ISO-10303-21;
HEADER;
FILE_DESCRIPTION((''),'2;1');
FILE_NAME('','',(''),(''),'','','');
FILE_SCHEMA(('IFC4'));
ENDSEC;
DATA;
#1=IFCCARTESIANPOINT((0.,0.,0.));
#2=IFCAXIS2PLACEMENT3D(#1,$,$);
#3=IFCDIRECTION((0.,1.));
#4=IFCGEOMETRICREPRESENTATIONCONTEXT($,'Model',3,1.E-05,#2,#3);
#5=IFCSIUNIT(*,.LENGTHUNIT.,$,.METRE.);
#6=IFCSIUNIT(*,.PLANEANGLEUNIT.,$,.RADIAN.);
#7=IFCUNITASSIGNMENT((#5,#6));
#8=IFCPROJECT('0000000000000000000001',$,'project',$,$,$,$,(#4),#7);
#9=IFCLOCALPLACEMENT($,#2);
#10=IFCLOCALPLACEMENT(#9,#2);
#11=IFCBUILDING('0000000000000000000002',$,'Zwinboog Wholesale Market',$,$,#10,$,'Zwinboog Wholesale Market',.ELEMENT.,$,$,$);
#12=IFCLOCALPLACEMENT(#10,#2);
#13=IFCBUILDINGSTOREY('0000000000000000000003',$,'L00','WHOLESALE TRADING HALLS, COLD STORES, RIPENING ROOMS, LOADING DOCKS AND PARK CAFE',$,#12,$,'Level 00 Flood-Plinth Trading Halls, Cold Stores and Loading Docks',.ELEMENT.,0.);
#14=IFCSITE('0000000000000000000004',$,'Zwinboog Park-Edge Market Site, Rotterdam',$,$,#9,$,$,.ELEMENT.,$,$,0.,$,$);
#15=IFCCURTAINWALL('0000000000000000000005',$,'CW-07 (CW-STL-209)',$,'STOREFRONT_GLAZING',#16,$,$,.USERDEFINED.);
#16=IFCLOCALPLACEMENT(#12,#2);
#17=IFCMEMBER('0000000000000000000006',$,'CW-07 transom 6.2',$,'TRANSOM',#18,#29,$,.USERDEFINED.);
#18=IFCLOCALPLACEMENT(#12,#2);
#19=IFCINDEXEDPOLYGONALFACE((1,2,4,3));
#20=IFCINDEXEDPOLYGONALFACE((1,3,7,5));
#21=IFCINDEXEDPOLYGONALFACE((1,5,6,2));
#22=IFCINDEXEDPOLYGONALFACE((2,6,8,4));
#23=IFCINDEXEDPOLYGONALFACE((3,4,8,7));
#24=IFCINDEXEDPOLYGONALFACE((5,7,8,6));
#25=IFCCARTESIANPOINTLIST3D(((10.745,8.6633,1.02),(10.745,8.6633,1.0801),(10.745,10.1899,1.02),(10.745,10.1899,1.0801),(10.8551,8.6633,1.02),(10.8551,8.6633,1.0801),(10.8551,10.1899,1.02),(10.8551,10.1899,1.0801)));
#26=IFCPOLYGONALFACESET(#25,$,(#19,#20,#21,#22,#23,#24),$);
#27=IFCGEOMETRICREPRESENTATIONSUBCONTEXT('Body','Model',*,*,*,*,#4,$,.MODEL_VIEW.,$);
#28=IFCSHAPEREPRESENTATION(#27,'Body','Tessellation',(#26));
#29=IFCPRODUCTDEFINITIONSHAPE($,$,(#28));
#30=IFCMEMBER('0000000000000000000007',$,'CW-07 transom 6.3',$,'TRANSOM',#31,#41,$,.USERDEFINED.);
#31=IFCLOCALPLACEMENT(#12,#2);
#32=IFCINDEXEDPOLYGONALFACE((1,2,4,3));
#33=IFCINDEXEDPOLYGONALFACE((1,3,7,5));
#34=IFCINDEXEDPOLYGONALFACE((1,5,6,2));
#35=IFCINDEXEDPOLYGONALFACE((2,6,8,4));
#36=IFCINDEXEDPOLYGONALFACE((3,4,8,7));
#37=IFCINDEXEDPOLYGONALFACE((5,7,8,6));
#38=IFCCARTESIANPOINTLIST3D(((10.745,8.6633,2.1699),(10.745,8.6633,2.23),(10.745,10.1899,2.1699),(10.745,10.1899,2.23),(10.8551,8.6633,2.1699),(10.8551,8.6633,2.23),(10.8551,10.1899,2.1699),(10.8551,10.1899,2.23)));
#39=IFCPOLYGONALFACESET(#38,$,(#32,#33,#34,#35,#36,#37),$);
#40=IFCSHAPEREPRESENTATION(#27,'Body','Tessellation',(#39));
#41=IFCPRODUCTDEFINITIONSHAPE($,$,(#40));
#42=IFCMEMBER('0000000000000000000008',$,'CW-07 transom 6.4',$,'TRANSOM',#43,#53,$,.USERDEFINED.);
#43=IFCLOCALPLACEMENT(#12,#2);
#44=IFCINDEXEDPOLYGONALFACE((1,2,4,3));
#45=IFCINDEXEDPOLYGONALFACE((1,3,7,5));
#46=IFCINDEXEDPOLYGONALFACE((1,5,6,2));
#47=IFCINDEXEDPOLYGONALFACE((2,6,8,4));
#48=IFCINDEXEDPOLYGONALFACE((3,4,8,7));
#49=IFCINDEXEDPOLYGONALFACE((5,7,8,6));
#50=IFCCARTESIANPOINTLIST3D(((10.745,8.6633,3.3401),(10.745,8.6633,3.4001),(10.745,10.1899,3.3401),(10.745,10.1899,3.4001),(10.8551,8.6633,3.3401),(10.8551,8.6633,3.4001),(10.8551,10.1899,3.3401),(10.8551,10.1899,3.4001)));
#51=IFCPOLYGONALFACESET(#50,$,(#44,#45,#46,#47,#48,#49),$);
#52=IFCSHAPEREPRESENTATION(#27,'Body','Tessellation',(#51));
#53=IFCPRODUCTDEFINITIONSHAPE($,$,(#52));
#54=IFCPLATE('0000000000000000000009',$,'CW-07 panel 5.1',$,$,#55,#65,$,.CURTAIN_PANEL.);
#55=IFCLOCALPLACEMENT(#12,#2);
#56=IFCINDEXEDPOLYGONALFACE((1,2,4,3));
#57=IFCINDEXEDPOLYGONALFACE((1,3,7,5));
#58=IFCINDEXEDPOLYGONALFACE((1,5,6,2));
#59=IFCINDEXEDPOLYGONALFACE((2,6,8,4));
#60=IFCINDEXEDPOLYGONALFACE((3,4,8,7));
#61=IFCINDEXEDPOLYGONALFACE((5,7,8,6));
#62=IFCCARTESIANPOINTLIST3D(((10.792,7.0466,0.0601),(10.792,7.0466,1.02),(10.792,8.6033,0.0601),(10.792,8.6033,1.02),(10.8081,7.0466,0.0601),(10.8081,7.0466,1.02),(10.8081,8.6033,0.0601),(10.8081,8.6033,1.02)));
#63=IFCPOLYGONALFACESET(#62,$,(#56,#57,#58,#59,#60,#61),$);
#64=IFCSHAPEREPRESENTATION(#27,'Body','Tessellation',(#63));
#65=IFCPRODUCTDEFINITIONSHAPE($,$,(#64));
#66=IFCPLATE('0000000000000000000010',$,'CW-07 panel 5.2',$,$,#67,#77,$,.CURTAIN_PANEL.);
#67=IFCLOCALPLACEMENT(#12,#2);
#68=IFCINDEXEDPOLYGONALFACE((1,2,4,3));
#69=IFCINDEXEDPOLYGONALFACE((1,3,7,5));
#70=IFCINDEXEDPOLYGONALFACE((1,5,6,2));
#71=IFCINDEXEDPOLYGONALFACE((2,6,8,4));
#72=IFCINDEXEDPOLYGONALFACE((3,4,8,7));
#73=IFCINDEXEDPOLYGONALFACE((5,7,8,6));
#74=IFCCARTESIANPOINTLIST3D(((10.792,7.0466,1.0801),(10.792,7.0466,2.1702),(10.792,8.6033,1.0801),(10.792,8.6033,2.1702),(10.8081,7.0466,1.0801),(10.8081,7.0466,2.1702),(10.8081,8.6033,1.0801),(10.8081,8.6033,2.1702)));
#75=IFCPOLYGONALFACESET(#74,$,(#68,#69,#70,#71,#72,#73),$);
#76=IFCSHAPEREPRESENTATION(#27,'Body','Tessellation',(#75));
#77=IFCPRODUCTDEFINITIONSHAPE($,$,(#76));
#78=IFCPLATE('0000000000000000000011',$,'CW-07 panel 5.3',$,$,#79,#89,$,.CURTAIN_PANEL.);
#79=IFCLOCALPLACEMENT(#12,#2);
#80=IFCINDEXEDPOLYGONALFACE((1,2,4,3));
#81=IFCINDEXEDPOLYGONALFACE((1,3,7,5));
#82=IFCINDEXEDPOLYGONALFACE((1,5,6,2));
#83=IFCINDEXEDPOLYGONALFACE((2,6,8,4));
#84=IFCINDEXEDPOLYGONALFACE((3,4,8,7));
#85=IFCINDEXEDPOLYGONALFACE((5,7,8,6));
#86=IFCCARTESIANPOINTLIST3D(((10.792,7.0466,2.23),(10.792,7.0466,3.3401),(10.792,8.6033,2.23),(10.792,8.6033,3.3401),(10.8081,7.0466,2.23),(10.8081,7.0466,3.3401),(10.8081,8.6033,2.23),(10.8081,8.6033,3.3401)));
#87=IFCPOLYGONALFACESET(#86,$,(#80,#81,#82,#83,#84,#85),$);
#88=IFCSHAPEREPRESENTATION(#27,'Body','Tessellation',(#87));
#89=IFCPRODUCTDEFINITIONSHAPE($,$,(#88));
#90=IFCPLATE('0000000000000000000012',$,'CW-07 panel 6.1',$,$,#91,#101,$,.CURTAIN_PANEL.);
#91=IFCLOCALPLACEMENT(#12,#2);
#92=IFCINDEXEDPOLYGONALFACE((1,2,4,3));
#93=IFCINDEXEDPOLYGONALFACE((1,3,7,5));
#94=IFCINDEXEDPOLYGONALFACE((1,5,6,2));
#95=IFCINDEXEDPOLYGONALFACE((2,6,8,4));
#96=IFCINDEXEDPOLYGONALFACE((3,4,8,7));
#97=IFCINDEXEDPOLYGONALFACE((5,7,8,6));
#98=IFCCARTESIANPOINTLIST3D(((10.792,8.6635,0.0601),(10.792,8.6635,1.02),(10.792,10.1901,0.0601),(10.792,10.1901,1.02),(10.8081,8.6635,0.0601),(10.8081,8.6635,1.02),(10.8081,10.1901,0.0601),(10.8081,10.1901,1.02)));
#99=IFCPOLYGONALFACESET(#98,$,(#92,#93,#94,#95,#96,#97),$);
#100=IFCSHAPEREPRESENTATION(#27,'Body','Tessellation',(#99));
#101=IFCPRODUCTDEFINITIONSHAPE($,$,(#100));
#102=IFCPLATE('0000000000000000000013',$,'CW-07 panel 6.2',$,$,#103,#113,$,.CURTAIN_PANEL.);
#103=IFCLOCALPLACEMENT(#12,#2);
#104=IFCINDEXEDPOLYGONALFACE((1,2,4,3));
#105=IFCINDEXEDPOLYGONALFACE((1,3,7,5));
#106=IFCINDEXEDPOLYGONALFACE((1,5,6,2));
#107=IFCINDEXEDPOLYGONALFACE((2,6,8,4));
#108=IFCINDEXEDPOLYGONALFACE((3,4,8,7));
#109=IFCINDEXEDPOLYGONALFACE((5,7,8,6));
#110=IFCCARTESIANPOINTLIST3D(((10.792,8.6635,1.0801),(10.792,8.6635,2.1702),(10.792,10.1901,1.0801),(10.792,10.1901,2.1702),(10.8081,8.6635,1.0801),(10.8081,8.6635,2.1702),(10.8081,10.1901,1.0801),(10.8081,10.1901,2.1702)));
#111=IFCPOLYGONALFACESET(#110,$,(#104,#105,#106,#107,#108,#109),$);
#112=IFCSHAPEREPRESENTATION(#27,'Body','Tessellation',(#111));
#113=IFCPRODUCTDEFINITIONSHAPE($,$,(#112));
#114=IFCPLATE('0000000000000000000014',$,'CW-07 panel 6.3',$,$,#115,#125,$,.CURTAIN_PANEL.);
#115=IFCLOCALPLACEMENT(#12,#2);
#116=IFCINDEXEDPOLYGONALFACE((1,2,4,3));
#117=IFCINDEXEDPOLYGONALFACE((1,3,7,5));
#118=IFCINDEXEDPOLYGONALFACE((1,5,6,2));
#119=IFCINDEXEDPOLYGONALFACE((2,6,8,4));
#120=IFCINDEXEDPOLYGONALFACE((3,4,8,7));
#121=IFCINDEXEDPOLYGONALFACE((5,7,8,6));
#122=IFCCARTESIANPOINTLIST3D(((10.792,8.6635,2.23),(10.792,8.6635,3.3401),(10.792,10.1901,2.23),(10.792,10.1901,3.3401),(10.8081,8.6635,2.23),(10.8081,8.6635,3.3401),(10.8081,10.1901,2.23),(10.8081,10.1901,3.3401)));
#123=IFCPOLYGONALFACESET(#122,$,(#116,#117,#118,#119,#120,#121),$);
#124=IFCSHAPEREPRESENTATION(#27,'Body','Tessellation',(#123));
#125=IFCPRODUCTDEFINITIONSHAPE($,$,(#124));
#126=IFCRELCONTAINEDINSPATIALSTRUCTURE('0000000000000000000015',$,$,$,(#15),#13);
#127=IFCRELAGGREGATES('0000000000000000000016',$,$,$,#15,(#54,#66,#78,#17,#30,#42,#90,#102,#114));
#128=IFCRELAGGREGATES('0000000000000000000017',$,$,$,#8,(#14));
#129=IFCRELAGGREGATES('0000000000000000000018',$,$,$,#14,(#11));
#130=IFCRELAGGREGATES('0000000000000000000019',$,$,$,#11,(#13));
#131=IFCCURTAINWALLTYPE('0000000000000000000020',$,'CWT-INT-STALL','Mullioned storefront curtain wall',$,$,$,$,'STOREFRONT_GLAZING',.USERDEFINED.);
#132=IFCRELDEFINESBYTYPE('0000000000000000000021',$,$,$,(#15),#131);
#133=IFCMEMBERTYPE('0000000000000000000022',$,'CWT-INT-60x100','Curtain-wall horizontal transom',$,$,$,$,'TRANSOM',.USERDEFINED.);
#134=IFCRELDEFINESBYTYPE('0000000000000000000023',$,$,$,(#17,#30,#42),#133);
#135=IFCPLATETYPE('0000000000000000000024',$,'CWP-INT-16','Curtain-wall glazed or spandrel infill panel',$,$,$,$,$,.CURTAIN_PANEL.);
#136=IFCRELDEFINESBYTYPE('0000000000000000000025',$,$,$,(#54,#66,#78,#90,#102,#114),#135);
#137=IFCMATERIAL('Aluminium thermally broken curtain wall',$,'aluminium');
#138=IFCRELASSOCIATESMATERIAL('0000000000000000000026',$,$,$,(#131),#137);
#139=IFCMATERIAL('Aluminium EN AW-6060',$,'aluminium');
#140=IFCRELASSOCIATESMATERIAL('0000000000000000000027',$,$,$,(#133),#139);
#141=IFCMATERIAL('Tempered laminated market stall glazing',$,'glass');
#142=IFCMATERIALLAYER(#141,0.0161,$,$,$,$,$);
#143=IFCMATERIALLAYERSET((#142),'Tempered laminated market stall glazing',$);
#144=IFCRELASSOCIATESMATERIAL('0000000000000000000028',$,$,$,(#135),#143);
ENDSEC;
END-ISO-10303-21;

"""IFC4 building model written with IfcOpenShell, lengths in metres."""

from ifc_helpers import new_model, si_unit, direction, frame, origin, origin_2d, place, context, subcontext, project, spatial, rectangle, extrude, material, layer, layer_set, material_profile, profile_set, type_object, element, aggregate, save


model = new_model("IFC4")

# Units and contexts
model_context = context("Model", 3, precision=1e-05, world=origin(), true_north=direction((0.0, 1.0)))
body_context = subcontext(model_context, "Body", "Model", "MODEL_VIEW")
ifc_project = project(units=[si_unit("LENGTHUNIT", "METRE"), si_unit("PLANEANGLEUNIT", "RADIAN")], contexts=[model_context])

# Site, building, storey
site_placement = place(None, origin())
site = spatial("IfcSite", under=ifc_project, at=site_placement, Name="Zwinboog Park-Edge Market Site, Rotterdam", CompositionType="ELEMENT", RefElevation=0.0)
building_placement = place(site_placement, origin())
building = spatial("IfcBuilding", under=site, at=building_placement, Name="Zwinboog Wholesale Market", LongName="Zwinboog Wholesale Market", CompositionType="ELEMENT")
storey_placement = place(building_placement, origin())
storey = spatial("IfcBuildingStorey", under=building, at=storey_placement, Name="L00", Description="WHOLESALE TRADING HALLS, COLD STORES, RIPENING ROOMS, LOADING DOCKS AND PARK CAFE", LongName="Level 00 Flood-Plinth Trading Halls, Cold Stores and Loading Docks", CompositionType="ELEMENT", Elevation=0.0)

# Curtain wall, members, plates
ifc_material_1 = material(Name="Aluminium thermally broken curtain wall", Category="aluminium")
curtain_wall_type = type_object("IfcCurtainWallType", Name="CWT-INT-STALL", Description="Mullioned storefront curtain wall", ElementType="STOREFRONT_GLAZING", PredefinedType="USERDEFINED", material=ifc_material_1)
curtain_wall_placement = place(storey_placement, origin())
curtain_wall = element("IfcCurtainWall", 1, at=curtain_wall_placement, inside=storey, type_object=curtain_wall_type, Name="CW-07 (CW-STL-209)", ObjectType="STOREFRONT_GLAZING", PredefinedType="USERDEFINED")
ifc_material_2 = material(Name="Aluminium EN AW-6060", Category="aluminium")
ifc_material_profile_1 = material_profile(ifc_material_2, rectangle(XDim=0.1101, YDim=0.0601, at=origin_2d()), Name="AL 60x110")
ifc_profile_set_1 = profile_set([ifc_material_profile_1], Name="Aluminium EN AW-6060")
member_type_1 = type_object("IfcMemberType", Name="CWT-INT-60x100", Description="Curtain-wall horizontal transom", ElementType="TRANSOM", PredefinedType="USERDEFINED", material=ifc_profile_set_1)
member_1_placement = place(storey_placement, frame((10.8, 8.6633, 1.05), z_axis=(0.0, 1.0, 0.0), x_axis=(-1.0, 0.0, 0.0)))
member_1 = element("IfcMember", 2, at=member_1_placement, type_object=member_type_1, Name="CW-07 transom 6.2", ObjectType="TRANSOM", PredefinedType="USERDEFINED", context=body_context, shape_type="SweptSolid", body=[
    extrude(rectangle(XDim=0.1101, YDim=0.0601, at=origin_2d()), origin(), (0.0, 0.0, 1.0), 1.5266),
])
member_2_placement = place(storey_placement, frame((10.8, 8.6633, 2.2), z_axis=(0.0, 1.0, 0.0), x_axis=(-1.0, 0.0, 0.0)))
member_2 = element("IfcMember", 3, at=member_2_placement, type_object=member_type_1, Name="CW-07 transom 6.3", ObjectType="TRANSOM", PredefinedType="USERDEFINED", context=body_context, shape_type="SweptSolid", body=[
    extrude(rectangle(XDim=0.1101, YDim=0.0601, at=origin_2d()), origin(), (0.0, 0.0, 1.0), 1.5266),
])
member_3_placement = place(storey_placement, frame((10.8, 8.6633, 3.3701), z_axis=(0.0, 1.0, 0.0), x_axis=(-1.0, 0.0, 0.0)))
member_3 = element("IfcMember", 4, at=member_3_placement, type_object=member_type_1, Name="CW-07 transom 6.4", ObjectType="TRANSOM", PredefinedType="USERDEFINED", context=body_context, shape_type="SweptSolid", body=[
    extrude(rectangle(XDim=0.1101, YDim=0.0601, at=origin_2d()), origin(), (0.0, 0.0, 1.0), 1.5266),
])
ifc_material_3 = material(Name="Tempered laminated market stall glazing", Category="glass")
ifc_layer = layer(ifc_material_3, 0.0161)
ifc_layer_set = layer_set([ifc_layer], Name="Tempered laminated market stall glazing")
plate_type = type_object("IfcPlateType", Name="CWP-INT-16", Description="Curtain-wall glazed or spandrel infill panel", PredefinedType="CURTAIN_PANEL", material=ifc_layer_set)
plate_1_placement = place(storey_placement, frame((10.8, 7.825, 0.0601), z_axis=(0.0, 0.0, 1.0), x_axis=(0.0, 1.0, 0.0)))
plate_1 = element("IfcPlate", 5, at=plate_1_placement, type_object=plate_type, Name="CW-07 panel 5.1", PredefinedType="CURTAIN_PANEL", context=body_context, shape_type="SweptSolid", body=[
    extrude(rectangle(XDim=1.5566, YDim=0.0161, at=origin_2d()), origin(), (0.0, 0.0, 1.0), 0.96),
])
plate_2_placement = place(storey_placement, frame((10.8, 7.825, 1.0801), z_axis=(0.0, 0.0, 1.0), x_axis=(0.0, 1.0, 0.0)))
plate_2 = element("IfcPlate", 6, at=plate_2_placement, type_object=plate_type, Name="CW-07 panel 5.2", PredefinedType="CURTAIN_PANEL", context=body_context, shape_type="SweptSolid", body=[
    extrude(rectangle(XDim=1.5566, YDim=0.0161, at=origin_2d()), origin(), (0.0, 0.0, 1.0), 1.0901),
])
plate_3_placement = place(storey_placement, frame((10.8, 7.825, 2.23), z_axis=(0.0, 0.0, 1.0), x_axis=(0.0, 1.0, 0.0)))
plate_3 = element("IfcPlate", 7, at=plate_3_placement, type_object=plate_type, Name="CW-07 panel 5.3", PredefinedType="CURTAIN_PANEL", context=body_context, shape_type="SweptSolid", body=[
    extrude(rectangle(XDim=1.5566, YDim=0.0161, at=origin_2d()), origin(), (0.0, 0.0, 1.0), 1.1101),
])
plate_4_placement = place(storey_placement, frame((10.8, 9.4268, 0.0601), z_axis=(0.0, 0.0, 1.0), x_axis=(0.0, 1.0, 0.0)))
plate_4 = element("IfcPlate", 8, at=plate_4_placement, type_object=plate_type, Name="CW-07 panel 6.1", PredefinedType="CURTAIN_PANEL", context=body_context, shape_type="SweptSolid", body=[
    extrude(rectangle(XDim=1.5266, YDim=0.0161, at=origin_2d()), origin(), (0.0, 0.0, 1.0), 0.96),
])
plate_5_placement = place(storey_placement, frame((10.8, 9.4268, 1.0801), z_axis=(0.0, 0.0, 1.0), x_axis=(0.0, 1.0, 0.0)))
plate_5 = element("IfcPlate", 9, at=plate_5_placement, type_object=plate_type, Name="CW-07 panel 6.2", PredefinedType="CURTAIN_PANEL", context=body_context, shape_type="SweptSolid", body=[
    extrude(rectangle(XDim=1.5266, YDim=0.0161, at=origin_2d()), origin(), (0.0, 0.0, 1.0), 1.0901),
])
plate_6_placement = place(storey_placement, frame((10.8, 9.4268, 2.23), z_axis=(0.0, 0.0, 1.0), x_axis=(0.0, 1.0, 0.0)))
plate_6 = element("IfcPlate", 10, at=plate_6_placement, type_object=plate_type, Name="CW-07 panel 6.3", PredefinedType="CURTAIN_PANEL", context=body_context, shape_type="SweptSolid", body=[
    extrude(rectangle(XDim=1.5266, YDim=0.0161, at=origin_2d()), origin(), (0.0, 0.0, 1.0), 1.1101),
])
aggregate(curtain_wall, [plate_1, plate_2, plate_3, member_1, member_2, member_3, plate_4, plate_5, plate_6])

save(model, "model.ifc")
